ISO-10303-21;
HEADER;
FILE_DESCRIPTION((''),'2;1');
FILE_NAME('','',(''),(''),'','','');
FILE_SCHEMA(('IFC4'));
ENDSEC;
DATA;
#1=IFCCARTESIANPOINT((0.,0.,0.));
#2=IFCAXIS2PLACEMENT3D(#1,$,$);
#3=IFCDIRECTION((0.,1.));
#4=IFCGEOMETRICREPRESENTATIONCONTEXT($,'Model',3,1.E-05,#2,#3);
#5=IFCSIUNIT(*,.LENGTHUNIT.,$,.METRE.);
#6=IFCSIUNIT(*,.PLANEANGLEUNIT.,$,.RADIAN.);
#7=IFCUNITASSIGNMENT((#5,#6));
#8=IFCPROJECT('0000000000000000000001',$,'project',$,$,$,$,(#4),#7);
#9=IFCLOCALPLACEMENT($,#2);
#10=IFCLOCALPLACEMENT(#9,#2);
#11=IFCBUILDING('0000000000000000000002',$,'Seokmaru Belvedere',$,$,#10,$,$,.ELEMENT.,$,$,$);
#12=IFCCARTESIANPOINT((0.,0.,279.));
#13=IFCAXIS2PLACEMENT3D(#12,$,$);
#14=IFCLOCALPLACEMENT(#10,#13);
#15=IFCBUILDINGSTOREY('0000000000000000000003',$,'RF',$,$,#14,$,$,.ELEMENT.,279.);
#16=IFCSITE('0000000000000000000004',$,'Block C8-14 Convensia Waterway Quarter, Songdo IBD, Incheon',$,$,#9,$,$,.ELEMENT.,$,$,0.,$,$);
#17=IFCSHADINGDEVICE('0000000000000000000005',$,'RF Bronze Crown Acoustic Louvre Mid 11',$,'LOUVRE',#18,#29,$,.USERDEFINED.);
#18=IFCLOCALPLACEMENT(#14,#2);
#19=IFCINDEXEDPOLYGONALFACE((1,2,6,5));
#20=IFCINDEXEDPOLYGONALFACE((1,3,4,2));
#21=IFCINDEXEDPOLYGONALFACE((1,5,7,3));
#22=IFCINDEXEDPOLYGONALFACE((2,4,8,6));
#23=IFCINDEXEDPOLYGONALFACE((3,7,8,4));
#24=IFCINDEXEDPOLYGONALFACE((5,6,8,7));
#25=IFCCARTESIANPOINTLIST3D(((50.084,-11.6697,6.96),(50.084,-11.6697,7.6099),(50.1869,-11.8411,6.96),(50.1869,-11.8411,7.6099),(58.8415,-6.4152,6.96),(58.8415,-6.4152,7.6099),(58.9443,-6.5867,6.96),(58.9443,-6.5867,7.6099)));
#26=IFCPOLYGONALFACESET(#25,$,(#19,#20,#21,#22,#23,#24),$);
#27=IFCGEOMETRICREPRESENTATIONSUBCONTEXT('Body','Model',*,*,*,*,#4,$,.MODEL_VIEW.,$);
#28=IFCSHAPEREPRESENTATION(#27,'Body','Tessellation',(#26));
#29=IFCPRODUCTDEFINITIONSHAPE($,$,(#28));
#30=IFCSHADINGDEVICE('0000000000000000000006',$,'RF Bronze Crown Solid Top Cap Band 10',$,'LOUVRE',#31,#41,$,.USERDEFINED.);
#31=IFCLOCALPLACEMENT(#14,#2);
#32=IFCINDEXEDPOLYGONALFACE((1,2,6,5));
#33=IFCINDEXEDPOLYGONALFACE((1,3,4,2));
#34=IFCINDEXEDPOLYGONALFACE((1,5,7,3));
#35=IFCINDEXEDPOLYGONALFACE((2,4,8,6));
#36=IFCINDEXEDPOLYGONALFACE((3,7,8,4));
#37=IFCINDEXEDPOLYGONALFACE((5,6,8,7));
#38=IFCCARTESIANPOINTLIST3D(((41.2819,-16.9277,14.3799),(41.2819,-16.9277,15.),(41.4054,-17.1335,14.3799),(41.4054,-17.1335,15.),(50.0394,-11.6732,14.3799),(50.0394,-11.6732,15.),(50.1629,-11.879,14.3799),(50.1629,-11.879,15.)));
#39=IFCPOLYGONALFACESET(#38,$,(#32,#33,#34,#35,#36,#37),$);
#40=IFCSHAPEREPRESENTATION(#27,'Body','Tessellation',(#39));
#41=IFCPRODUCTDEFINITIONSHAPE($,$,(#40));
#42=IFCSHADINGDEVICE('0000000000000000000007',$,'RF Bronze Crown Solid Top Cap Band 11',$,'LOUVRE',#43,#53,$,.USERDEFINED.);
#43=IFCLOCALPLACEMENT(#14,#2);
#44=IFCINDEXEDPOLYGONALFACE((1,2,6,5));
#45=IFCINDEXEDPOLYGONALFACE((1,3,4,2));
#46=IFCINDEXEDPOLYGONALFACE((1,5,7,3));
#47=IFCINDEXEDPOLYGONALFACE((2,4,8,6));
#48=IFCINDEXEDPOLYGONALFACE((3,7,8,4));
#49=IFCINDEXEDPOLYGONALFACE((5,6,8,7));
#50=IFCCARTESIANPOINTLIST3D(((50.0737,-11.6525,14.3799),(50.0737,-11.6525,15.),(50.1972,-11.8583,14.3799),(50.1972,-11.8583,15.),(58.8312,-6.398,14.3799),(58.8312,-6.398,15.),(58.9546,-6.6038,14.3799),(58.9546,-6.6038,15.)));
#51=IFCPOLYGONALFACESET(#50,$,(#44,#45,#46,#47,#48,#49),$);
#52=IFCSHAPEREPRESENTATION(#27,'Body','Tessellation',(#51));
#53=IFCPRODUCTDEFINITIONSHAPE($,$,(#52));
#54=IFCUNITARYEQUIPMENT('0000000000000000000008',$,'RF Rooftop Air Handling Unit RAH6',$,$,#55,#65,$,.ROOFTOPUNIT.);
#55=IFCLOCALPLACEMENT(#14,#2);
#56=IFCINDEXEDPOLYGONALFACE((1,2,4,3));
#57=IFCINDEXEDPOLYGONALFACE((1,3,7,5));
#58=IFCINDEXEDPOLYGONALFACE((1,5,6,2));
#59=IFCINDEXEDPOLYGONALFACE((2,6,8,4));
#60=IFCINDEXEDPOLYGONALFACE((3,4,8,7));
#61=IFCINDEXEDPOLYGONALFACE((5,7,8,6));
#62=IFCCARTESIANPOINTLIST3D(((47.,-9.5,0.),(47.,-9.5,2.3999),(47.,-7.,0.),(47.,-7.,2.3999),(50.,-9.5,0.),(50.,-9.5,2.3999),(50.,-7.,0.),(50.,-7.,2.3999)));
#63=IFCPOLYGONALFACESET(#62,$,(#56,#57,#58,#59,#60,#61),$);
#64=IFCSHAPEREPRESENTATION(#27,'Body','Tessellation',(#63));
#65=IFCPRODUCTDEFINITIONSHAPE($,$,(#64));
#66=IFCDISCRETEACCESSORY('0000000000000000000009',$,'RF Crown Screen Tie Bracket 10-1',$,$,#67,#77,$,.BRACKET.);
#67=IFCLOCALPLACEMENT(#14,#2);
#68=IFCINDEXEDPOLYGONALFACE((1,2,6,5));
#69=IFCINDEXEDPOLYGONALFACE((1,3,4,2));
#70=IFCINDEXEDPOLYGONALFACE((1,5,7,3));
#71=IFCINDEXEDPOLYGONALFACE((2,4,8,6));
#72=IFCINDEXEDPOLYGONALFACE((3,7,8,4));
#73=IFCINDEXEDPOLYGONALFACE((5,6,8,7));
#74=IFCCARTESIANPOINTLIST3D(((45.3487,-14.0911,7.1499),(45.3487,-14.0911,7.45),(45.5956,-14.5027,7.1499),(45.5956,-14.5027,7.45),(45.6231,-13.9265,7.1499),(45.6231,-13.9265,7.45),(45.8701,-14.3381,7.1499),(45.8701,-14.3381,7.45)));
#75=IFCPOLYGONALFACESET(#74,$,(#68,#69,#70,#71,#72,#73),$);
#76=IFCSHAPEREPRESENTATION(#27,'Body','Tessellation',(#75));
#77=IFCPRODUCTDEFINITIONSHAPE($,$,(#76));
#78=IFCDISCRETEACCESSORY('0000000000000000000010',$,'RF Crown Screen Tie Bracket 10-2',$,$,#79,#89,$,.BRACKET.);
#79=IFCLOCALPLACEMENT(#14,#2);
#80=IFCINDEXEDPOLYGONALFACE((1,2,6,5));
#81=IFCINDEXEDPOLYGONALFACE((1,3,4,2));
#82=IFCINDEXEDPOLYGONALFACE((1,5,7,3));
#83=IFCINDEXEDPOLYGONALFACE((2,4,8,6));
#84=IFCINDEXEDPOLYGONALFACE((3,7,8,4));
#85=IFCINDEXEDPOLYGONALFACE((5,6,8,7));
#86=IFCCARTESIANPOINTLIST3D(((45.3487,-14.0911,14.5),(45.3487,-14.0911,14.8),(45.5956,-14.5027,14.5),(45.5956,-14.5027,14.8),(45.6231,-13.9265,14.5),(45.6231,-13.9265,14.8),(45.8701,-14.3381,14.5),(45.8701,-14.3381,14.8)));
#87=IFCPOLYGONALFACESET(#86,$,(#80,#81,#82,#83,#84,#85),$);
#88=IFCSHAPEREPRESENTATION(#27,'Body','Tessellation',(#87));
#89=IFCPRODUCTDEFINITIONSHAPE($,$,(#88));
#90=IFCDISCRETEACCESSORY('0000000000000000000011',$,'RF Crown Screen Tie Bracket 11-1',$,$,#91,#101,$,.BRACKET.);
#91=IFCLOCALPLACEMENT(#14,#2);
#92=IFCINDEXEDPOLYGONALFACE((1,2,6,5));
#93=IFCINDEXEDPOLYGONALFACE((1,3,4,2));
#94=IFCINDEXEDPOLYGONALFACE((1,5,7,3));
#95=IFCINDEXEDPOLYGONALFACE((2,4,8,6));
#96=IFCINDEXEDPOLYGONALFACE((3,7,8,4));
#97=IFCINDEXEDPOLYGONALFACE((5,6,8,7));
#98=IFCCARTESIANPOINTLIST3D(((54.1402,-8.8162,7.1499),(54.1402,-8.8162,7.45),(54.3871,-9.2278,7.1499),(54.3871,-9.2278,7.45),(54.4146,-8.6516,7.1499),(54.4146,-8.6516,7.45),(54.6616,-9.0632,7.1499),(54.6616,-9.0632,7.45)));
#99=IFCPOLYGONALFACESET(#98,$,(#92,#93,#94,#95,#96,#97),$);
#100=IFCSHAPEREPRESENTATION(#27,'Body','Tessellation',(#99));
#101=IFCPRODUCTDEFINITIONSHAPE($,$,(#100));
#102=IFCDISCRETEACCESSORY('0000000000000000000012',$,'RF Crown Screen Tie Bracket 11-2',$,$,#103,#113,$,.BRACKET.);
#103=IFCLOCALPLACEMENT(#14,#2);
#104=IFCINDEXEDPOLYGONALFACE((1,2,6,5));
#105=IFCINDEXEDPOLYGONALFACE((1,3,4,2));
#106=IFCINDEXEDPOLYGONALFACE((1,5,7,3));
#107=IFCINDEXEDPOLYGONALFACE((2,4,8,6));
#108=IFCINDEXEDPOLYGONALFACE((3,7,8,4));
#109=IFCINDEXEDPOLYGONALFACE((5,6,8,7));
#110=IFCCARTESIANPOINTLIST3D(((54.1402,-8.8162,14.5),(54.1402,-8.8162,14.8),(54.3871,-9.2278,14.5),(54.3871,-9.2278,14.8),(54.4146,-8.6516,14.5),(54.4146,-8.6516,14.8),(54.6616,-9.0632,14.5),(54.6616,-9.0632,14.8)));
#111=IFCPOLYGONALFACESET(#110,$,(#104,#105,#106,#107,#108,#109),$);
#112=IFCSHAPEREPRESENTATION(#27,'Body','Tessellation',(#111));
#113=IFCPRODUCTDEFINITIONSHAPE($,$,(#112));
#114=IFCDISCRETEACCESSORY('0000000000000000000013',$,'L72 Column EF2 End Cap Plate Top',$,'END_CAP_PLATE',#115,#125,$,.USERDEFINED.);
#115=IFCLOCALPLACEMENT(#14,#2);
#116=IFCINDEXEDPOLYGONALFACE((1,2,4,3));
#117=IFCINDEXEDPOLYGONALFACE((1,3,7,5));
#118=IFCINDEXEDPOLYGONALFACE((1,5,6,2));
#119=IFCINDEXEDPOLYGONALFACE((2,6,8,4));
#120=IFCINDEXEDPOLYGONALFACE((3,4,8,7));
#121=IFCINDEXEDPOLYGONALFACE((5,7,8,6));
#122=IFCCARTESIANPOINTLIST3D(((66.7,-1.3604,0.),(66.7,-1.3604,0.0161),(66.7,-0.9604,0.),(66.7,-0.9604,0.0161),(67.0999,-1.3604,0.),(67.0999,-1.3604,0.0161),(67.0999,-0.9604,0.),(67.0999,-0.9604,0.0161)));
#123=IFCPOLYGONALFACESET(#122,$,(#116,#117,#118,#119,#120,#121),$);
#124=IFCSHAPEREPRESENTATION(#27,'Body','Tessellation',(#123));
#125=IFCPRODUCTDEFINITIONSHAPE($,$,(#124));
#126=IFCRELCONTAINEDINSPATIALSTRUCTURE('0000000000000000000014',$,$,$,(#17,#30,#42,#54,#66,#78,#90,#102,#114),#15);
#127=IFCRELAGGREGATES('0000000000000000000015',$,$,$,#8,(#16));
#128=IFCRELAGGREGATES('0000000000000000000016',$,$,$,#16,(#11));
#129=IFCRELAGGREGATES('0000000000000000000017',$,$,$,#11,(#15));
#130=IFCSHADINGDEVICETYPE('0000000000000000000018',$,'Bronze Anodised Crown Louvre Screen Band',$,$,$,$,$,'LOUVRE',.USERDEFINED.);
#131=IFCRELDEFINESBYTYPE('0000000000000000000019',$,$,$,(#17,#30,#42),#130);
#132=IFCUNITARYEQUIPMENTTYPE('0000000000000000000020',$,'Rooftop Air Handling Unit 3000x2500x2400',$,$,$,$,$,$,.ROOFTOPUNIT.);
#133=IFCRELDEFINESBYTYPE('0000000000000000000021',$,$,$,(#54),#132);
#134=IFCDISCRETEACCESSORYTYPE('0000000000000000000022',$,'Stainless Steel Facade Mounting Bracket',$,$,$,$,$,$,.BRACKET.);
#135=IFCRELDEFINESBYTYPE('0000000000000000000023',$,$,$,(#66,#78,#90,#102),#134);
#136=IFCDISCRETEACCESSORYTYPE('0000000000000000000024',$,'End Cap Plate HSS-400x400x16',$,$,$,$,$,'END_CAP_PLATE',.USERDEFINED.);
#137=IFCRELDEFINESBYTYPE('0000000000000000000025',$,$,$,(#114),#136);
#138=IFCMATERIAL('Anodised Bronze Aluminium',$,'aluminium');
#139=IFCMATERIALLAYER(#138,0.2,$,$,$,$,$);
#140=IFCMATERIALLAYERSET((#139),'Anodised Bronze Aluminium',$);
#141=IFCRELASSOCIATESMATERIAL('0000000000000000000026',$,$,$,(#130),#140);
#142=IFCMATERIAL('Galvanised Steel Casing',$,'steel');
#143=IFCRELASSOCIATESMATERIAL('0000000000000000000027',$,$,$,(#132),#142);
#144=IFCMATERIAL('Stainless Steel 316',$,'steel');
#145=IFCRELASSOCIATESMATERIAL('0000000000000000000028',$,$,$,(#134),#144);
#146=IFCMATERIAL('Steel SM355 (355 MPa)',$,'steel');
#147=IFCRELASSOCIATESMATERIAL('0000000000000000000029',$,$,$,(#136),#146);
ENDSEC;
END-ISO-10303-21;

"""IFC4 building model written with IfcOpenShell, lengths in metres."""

from ifc_helpers import new_model, si_unit, direction, frame, origin, origin_2d, place, context, subcontext, project, spatial, rectangle, extrude, source, transform, mapped, material, layer, layer_set, type_object, type_shapes, element, save


model = new_model("IFC4")

# Units and contexts
model_context = context("Model", 3, precision=1e-05, world=origin(), true_north=direction((0.0, 1.0)))
body_context = subcontext(model_context, "Body", "Model", "MODEL_VIEW")
ifc_project = project(units=[si_unit("LENGTHUNIT", "METRE"), si_unit("PLANEANGLEUNIT", "RADIAN")], contexts=[model_context])

# Site, building, storey
site_placement = place(None, origin())
site = spatial("IfcSite", under=ifc_project, at=site_placement, Name="Block C8-14 Convensia Waterway Quarter, Songdo IBD, Incheon", CompositionType="ELEMENT", RefElevation=0.0)
building_placement = place(site_placement, origin())
building = spatial("IfcBuilding", under=site, at=building_placement, Name="Seokmaru Belvedere", CompositionType="ELEMENT")
storey_placement = place(building_placement, frame((0.0, 0.0, 279.0)))
storey = spatial("IfcBuildingStorey", under=building, at=storey_placement, Name="RF", CompositionType="ELEMENT", Elevation=279.0)

# Shared definitions
ifc_material_1 = material(Name="Steel SM355 (355 MPa)", Category="steel")

# Shading devices
ifc_material_2 = material(Name="Anodised Bronze Aluminium", Category="aluminium")
ifc_layer_1 = layer(ifc_material_2, 0.2)
ifc_layer_set_1 = layer_set([ifc_layer_1], Name="Anodised Bronze Aluminium")
shading_device_type = type_object("IfcShadingDeviceType", Name="Bronze Anodised Crown Louvre Screen Band", ElementType="LOUVRE", PredefinedType="USERDEFINED", material=ifc_layer_set_1)
shared_shape_1 = source(origin(), body_context, "Body", "SweptSolid", [
    extrude(rectangle(XDim=10.2129, YDim=0.2, at=origin_2d()), origin(), (0.0, 0.0, 1.0), 0.6499),
])
for number, where, z_axis, x_axis, name in (
    (1, (54.5142, -9.1282, 6.96), (0.0, 0.0, 1.0), (0.857493, 0.514496, 0.0), "RF Bronze Crown Acoustic Louvre Mid 11"),
):
    element("IfcShadingDevice", number, at=place(storey_placement, frame(where, z_axis=z_axis, x_axis=x_axis)), inside=storey, type_object=shading_device_type, Name=name, ObjectType="LOUVRE", PredefinedType="USERDEFINED", context=body_context, shape_type="MappedRepresentation", body=[
        mapped(shared_shape_1, transform((0.0, 0.0, 0.0), scale=1.0)),
    ])
shared_shape_2 = source(origin(), body_context, "Body", "SweptSolid", [
    extrude(rectangle(XDim=10.2129, YDim=0.24, at=origin_2d()), origin(), (0.0, 0.0, 1.0), 0.6201),
])
type_shapes(shading_device_type, [shared_shape_1, shared_shape_2])
for number, where, z_axis, x_axis, name in (
    (2, (45.7224, -14.4033, 14.3799), (0.0, 0.0, 1.0), (0.857493, 0.514496, 0.0), "RF Bronze Crown Solid Top Cap Band 10"),
    (3, (54.5142, -9.1282, 14.3799), (0.0, 0.0, 1.0), (0.857493, 0.514496, 0.0), "RF Bronze Crown Solid Top Cap Band 11"),
):
    element("IfcShadingDevice", number, at=place(storey_placement, frame(where, z_axis=z_axis, x_axis=x_axis)), inside=storey, type_object=shading_device_type, Name=name, ObjectType="LOUVRE", PredefinedType="USERDEFINED", context=body_context, shape_type="MappedRepresentation", body=[
        mapped(shared_shape_2, transform((0.0, 0.0, 0.0), scale=1.0)),
    ])

# Unitary equipment
ifc_material_3 = material(Name="Galvanised Steel Casing", Category="steel")
unitary_equipment_type = type_object("IfcUnitaryEquipmentType", Name="Rooftop Air Handling Unit 3000x2500x2400", PredefinedType="ROOFTOPUNIT", material=ifc_material_3)
shared_shape_3 = source(origin(), body_context, "Body", "SweptSolid", [
    extrude(rectangle(XDim=3.0, YDim=2.5, at=origin_2d()), origin(), (0.0, 0.0, 1.0), 2.3999),
])
type_shapes(unitary_equipment_type, [shared_shape_3])
unitary_equipment_placement = place(storey_placement, frame((48.5, -8.25, 0.0), z_axis=(0.0, 0.0, 1.0), x_axis=(1.0, 0.0, 0.0)))
element("IfcUnitaryEquipment", 4, at=unitary_equipment_placement, inside=storey, type_object=unitary_equipment_type, Name="RF Rooftop Air Handling Unit RAH6", PredefinedType="ROOFTOPUNIT", context=body_context, shape_type="MappedRepresentation", body=[
    mapped(shared_shape_3, transform((0.0, 0.0, 0.0), scale=1.0)),
])

# Discrete accessories
ifc_material_4 = material(Name="Stainless Steel 316", Category="steel")
discrete_accessory_type_1 = type_object("IfcDiscreteAccessoryType", Name="Stainless Steel Facade Mounting Bracket", PredefinedType="BRACKET", material=ifc_material_4)
shared_shape_4 = source(origin(), body_context, "Body", "SweptSolid", [
    extrude(rectangle(XDim=0.3201, YDim=0.48, at=origin_2d()), origin(), (0.0, 0.0, 1.0), 0.3),
])
type_shapes(discrete_accessory_type_1, [shared_shape_4])
for number, where, z_axis, x_axis, name in (
    (5, (45.6094, -14.2146, 7.1499), (0.0, 0.0, 1.0), (0.857493, 0.514496, 0.0), "RF Crown Screen Tie Bracket 10-1"),
    (6, (45.6094, -14.2146, 14.5), (0.0, 0.0, 1.0), (0.857493, 0.514496, 0.0), "RF Crown Screen Tie Bracket 10-2"),
    (7, (54.4009, -8.9397, 7.1499), (0.0, 0.0, 1.0), (0.857493, 0.514496, 0.0), "RF Crown Screen Tie Bracket 11-1"),
    (8, (54.4009, -8.9397, 14.5), (0.0, 0.0, 1.0), (0.857493, 0.514496, 0.0), "RF Crown Screen Tie Bracket 11-2"),
):
    element("IfcDiscreteAccessory", number, at=place(storey_placement, frame(where, z_axis=z_axis, x_axis=x_axis)), inside=storey, type_object=discrete_accessory_type_1, Name=name, PredefinedType="BRACKET", context=body_context, shape_type="MappedRepresentation", body=[
        mapped(shared_shape_4, transform((0.0, 0.0, 0.0), scale=1.0)),
    ])
discrete_accessory_type_2 = type_object("IfcDiscreteAccessoryType", Name="End Cap Plate HSS-400x400x16", ElementType="END_CAP_PLATE", PredefinedType="USERDEFINED", material=ifc_material_1)
shared_shape_5 = source(origin(), body_context, "Body", "SweptSolid", [
    extrude(rectangle(XDim=0.3999, YDim=0.3999, at=origin_2d()), origin(), (0.0, 0.0, 1.0), 0.0161),
])
type_shapes(discrete_accessory_type_2, [shared_shape_5])
discrete_accessory_placement = place(storey_placement, frame((66.8999, -1.1604, 0.0), z_axis=(0.0, 0.0, 1.0), x_axis=(1.0, 0.0, 0.0)))
element("IfcDiscreteAccessory", 9, at=discrete_accessory_placement, inside=storey, type_object=discrete_accessory_type_2, Name="L72 Column EF2 End Cap Plate Top", ObjectType="END_CAP_PLATE", PredefinedType="USERDEFINED", context=body_context, shape_type="MappedRepresentation", body=[
    mapped(shared_shape_5, transform((0.0, 0.0, 0.0), scale=1.0)),
])

save(model, "model.ifc")
